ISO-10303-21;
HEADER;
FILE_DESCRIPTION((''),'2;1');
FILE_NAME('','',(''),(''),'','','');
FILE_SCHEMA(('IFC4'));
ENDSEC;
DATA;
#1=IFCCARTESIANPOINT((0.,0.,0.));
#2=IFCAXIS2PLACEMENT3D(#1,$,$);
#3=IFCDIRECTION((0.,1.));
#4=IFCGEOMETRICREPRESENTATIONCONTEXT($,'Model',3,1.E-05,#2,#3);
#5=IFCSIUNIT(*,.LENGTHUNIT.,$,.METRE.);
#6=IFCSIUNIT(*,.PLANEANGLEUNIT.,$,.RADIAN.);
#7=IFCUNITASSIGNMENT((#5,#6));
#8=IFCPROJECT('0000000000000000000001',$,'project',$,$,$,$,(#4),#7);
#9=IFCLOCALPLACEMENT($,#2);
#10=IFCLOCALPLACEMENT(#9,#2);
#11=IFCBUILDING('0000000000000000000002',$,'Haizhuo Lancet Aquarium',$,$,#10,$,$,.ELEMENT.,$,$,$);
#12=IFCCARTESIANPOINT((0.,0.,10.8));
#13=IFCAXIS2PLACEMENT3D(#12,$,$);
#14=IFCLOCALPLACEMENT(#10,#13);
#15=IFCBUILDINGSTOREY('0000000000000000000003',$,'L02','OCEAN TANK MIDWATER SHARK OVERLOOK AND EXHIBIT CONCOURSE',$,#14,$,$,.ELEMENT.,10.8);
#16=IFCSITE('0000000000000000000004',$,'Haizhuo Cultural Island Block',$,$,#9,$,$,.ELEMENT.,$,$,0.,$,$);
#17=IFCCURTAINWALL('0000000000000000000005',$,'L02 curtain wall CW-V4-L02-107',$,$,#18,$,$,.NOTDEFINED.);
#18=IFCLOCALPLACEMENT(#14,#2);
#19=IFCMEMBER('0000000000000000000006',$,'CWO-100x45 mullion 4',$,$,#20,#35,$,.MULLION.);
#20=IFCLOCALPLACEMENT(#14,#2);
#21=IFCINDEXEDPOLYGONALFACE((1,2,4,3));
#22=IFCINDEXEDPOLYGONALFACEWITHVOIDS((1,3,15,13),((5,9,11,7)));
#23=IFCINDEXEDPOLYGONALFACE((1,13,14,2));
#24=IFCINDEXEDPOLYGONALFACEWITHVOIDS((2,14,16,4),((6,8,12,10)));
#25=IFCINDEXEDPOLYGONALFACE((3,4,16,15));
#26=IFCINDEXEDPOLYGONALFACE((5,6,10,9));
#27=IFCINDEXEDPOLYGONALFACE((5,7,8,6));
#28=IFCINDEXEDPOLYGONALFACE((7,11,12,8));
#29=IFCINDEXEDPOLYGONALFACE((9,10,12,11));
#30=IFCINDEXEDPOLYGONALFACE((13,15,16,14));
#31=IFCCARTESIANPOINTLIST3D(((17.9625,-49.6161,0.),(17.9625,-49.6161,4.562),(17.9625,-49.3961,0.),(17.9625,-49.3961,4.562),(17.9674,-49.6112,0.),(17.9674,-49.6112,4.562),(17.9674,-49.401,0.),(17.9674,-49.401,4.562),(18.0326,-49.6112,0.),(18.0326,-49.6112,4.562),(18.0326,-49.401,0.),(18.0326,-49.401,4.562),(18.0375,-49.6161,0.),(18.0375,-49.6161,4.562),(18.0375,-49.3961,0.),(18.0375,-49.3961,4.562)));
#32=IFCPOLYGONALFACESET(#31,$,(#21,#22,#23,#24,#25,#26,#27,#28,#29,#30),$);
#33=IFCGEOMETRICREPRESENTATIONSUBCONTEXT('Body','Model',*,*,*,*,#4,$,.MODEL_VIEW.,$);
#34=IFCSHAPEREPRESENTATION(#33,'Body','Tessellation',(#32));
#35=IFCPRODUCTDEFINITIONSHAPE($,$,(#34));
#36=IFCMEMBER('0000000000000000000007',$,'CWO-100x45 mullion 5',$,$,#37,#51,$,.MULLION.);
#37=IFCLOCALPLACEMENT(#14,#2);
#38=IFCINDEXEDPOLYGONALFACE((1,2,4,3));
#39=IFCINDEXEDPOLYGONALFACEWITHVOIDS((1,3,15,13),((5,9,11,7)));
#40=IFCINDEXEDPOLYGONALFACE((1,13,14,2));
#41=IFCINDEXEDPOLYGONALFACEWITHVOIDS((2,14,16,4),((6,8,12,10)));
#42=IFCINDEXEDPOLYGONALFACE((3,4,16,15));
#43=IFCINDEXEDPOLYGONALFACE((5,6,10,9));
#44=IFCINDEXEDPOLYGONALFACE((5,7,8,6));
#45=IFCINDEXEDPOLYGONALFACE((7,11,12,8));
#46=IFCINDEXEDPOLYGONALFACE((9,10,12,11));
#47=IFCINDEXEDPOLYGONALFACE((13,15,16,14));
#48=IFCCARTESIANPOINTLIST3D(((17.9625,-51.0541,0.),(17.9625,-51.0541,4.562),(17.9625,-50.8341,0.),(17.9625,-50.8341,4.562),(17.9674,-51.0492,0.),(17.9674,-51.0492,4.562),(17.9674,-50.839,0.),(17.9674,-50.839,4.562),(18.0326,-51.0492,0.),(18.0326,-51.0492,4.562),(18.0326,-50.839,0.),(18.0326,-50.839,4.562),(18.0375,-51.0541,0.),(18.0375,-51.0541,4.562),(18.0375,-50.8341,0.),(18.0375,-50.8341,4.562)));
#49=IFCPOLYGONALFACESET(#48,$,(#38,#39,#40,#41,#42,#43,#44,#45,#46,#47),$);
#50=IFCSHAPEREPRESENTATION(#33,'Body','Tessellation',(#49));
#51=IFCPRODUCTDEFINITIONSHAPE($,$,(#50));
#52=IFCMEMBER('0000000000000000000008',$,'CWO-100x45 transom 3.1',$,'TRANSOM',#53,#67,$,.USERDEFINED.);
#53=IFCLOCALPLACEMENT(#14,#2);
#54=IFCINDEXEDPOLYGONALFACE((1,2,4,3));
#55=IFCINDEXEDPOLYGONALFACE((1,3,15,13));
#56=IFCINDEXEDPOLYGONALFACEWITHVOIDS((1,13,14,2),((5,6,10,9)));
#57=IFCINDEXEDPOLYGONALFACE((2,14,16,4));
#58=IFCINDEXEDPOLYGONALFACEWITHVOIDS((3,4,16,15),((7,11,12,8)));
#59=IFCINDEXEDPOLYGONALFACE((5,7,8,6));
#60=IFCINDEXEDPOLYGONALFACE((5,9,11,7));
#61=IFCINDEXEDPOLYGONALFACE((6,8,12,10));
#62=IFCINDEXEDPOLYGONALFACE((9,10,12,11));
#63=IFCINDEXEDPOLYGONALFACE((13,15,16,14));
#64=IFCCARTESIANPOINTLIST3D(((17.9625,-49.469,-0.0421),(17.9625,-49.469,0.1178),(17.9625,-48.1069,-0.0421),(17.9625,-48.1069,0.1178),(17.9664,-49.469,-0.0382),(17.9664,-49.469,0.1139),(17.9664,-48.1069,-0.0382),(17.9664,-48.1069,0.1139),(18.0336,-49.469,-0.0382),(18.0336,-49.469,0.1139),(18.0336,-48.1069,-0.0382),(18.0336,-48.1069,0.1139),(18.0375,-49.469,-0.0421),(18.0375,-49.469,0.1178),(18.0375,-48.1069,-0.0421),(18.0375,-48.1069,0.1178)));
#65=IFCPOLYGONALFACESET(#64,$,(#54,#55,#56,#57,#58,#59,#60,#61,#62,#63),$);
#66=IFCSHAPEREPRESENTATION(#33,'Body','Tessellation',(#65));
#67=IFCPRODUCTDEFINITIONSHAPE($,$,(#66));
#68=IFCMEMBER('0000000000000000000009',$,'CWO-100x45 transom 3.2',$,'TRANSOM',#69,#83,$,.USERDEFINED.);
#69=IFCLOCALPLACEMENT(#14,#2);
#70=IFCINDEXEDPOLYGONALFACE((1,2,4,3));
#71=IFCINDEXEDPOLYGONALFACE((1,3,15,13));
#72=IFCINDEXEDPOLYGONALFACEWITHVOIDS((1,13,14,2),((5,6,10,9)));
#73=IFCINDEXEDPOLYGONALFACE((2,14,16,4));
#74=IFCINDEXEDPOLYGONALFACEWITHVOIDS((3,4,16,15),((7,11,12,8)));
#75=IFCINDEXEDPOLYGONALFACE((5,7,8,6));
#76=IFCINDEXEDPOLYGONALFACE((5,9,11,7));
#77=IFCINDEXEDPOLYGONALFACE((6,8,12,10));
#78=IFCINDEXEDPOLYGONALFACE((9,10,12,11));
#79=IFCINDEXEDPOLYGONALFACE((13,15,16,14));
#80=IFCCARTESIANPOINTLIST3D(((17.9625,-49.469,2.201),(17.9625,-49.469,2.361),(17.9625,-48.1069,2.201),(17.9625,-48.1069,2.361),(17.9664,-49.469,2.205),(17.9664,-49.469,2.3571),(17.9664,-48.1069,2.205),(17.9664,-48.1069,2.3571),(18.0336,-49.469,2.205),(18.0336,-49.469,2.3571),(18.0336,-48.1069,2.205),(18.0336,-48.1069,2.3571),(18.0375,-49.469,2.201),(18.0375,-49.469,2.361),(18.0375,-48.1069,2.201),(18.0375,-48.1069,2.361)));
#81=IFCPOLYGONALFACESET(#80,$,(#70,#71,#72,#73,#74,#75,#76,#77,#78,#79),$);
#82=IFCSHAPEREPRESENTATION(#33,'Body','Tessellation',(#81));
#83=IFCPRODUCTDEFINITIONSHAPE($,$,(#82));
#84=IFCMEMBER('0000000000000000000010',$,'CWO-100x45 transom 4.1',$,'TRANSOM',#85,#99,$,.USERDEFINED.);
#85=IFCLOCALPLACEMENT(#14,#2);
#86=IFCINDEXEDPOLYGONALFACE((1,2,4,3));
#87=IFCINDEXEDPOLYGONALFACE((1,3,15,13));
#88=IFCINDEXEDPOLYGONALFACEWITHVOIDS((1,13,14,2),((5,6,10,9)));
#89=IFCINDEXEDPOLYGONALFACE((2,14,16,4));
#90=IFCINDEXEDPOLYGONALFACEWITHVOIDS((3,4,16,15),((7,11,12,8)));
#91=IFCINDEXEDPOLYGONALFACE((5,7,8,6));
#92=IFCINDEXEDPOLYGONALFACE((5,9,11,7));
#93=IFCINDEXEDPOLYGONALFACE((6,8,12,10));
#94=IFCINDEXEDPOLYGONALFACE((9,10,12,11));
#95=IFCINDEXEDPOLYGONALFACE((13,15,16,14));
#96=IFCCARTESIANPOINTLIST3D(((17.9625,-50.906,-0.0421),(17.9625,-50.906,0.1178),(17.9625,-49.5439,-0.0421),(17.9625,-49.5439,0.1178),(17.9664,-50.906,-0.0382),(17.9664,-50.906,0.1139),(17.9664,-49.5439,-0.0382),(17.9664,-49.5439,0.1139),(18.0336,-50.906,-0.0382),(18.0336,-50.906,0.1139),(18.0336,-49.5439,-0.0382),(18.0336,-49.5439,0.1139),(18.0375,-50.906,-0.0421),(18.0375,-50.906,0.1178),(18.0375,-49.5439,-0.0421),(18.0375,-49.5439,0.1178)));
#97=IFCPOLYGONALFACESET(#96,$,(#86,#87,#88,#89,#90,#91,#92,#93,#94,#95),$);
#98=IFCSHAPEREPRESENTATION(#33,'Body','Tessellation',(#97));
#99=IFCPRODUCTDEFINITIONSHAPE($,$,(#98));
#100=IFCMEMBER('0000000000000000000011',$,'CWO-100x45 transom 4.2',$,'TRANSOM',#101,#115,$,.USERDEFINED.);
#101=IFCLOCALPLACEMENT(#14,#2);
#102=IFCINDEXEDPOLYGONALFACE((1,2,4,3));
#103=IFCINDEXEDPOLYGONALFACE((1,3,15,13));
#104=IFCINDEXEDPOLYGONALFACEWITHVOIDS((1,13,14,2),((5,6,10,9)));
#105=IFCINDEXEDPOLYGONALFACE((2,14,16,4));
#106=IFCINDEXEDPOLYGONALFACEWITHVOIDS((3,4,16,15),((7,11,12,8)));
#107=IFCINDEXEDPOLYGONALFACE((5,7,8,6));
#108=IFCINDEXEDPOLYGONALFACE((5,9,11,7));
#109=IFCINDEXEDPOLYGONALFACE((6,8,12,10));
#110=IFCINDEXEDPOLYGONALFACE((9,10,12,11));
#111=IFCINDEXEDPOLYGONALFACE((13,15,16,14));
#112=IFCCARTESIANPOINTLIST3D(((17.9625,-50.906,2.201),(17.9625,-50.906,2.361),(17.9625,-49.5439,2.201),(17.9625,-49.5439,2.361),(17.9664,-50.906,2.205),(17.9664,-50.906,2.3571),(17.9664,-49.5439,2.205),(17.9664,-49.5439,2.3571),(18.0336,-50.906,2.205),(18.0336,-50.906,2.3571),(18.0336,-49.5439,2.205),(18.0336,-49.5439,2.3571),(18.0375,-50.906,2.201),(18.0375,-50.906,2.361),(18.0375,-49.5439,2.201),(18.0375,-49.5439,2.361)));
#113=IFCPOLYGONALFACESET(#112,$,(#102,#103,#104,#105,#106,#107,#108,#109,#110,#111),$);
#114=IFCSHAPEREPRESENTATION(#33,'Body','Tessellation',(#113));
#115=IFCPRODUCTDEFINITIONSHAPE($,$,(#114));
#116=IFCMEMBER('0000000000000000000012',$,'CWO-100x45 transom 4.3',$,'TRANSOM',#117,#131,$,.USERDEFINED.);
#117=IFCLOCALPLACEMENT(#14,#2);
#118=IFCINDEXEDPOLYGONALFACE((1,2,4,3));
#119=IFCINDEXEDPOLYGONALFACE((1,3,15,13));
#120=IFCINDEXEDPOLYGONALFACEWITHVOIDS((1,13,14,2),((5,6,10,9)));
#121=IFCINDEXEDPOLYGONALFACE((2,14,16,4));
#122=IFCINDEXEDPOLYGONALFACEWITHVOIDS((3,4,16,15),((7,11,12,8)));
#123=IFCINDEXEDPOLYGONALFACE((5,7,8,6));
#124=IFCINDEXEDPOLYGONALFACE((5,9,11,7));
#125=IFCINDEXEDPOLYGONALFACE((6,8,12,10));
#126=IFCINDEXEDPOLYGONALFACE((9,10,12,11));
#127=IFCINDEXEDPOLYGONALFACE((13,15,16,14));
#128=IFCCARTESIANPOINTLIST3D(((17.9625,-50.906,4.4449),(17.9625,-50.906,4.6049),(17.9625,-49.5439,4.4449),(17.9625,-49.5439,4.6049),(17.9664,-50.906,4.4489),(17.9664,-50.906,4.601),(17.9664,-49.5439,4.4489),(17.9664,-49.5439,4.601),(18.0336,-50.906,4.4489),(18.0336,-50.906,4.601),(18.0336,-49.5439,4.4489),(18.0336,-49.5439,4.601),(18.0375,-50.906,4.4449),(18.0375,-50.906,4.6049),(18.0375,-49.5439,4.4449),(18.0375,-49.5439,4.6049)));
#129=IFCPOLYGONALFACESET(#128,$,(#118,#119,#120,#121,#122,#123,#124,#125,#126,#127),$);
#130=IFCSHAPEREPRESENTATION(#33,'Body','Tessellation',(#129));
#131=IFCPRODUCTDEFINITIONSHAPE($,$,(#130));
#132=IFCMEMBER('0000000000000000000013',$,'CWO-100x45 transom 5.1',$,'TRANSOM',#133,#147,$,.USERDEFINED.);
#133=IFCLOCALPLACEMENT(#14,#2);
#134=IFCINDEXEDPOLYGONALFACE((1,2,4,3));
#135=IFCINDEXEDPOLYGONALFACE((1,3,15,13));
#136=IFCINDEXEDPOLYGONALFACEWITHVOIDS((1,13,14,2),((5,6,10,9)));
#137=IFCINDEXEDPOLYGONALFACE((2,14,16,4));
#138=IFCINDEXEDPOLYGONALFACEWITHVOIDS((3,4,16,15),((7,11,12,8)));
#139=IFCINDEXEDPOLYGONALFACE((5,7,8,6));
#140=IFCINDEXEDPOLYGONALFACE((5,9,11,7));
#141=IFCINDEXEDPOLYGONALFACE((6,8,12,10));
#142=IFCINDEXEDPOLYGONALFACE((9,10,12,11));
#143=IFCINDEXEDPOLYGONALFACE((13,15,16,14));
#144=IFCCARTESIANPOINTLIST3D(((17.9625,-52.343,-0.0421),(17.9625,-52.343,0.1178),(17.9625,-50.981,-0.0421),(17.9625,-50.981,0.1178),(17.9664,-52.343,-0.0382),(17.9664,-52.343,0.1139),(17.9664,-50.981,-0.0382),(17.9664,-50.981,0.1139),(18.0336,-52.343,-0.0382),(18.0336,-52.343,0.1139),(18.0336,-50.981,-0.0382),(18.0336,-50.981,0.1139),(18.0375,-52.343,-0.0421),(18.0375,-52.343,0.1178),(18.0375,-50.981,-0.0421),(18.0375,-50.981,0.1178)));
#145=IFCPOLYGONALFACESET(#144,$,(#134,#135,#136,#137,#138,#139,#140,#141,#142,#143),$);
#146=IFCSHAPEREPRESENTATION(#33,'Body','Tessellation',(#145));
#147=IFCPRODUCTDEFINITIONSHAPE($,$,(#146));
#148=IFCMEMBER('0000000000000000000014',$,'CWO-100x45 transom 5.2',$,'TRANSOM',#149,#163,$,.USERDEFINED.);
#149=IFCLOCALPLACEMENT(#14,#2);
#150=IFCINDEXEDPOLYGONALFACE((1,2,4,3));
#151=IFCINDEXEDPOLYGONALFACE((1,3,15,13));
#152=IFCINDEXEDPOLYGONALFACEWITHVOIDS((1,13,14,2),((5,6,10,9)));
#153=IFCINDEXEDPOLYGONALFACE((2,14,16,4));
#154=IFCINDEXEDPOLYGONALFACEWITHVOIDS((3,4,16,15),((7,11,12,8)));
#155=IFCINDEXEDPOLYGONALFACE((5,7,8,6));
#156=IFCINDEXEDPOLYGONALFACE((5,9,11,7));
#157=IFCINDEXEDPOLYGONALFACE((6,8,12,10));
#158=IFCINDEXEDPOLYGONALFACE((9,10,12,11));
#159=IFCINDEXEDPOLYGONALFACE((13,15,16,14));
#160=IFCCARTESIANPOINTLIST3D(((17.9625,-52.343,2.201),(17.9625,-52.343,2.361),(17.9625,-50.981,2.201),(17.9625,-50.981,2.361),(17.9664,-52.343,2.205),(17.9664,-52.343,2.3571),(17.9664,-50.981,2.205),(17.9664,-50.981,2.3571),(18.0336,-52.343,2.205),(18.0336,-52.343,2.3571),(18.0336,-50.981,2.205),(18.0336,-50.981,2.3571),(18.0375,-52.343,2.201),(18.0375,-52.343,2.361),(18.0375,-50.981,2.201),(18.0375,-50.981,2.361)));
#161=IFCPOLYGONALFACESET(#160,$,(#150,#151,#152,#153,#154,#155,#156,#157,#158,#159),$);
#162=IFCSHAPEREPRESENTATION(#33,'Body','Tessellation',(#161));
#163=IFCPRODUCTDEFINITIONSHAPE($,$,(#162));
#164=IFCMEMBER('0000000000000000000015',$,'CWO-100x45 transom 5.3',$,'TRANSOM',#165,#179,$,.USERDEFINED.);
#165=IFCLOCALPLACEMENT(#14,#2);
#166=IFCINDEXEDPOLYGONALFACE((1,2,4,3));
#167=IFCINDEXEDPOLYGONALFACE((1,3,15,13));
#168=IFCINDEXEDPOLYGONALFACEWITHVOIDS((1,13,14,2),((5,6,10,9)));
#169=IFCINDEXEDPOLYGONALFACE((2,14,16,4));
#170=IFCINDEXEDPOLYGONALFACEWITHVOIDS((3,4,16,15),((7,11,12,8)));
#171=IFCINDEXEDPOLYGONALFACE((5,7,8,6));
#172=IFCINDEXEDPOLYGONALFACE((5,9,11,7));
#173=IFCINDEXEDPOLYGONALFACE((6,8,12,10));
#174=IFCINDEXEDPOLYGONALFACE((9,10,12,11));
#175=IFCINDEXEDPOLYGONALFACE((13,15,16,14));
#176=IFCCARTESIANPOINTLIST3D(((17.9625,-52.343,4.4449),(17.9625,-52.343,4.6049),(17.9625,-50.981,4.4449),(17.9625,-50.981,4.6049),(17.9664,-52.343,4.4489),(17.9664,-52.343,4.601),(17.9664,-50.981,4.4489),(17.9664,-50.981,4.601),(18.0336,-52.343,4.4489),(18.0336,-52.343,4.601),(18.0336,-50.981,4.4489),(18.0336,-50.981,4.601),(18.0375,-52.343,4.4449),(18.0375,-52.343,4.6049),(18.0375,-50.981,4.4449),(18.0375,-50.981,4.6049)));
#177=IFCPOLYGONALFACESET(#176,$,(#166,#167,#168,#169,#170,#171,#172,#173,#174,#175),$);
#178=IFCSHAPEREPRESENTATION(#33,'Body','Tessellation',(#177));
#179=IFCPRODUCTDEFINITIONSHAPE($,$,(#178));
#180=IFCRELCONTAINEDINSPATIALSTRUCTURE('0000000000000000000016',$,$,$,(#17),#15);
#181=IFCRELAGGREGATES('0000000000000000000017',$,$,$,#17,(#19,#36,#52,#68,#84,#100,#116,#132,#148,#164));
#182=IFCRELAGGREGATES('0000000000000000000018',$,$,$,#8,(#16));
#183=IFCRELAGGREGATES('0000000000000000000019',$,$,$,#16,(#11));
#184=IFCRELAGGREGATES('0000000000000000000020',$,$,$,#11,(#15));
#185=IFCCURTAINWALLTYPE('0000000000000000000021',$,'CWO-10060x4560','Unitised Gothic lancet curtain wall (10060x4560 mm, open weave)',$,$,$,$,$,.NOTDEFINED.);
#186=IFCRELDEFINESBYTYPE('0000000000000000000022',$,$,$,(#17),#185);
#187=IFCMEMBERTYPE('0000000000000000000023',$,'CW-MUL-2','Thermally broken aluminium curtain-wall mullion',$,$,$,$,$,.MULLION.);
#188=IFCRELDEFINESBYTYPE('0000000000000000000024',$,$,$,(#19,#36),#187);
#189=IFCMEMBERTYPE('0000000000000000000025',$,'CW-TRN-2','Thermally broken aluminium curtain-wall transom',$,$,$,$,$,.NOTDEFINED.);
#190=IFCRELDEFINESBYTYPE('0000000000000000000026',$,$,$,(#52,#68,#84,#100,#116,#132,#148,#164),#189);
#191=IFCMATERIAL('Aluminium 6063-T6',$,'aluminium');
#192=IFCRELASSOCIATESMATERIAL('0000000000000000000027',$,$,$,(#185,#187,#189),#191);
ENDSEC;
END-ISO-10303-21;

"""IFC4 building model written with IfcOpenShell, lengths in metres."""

from ifc_helpers import new_model, si_unit, direction, frame, origin, origin_2d, place, context, subcontext, project, spatial, hollow_rectangle, extrude, material, material_profile, profile_set, type_object, element, aggregate, save


model = new_model("IFC4")

# Units and contexts
model_context = context("Model", 3, precision=1e-05, world=origin(), true_north=direction((0.0, 1.0)))
body_context = subcontext(model_context, "Body", "Model", "MODEL_VIEW")
ifc_project = project(units=[si_unit("LENGTHUNIT", "METRE"), si_unit("PLANEANGLEUNIT", "RADIAN")], contexts=[model_context])

# Site, building, storey
site_placement = place(None, origin())
site = spatial("IfcSite", under=ifc_project, at=site_placement, Name="Haizhuo Cultural Island Block", CompositionType="ELEMENT", RefElevation=0.0)
building_placement = place(site_placement, origin())
building = spatial("IfcBuilding", under=site, at=building_placement, Name="Haizhuo Lancet Aquarium", CompositionType="ELEMENT")
storey_placement = place(building_placement, frame((0.0, 0.0, 10.8)))
storey = spatial("IfcBuildingStorey", under=building, at=storey_placement, Name="L02", Description="OCEAN TANK MIDWATER SHARK OVERLOOK AND EXHIBIT CONCOURSE", CompositionType="ELEMENT", Elevation=10.8)

# Curtain wall, members
ifc_material_1 = material(Name="Aluminium 6063-T6", Category="aluminium")
curtain_wall_type = type_object("IfcCurtainWallType", Name="CWO-10060x4560", Description="Unitised Gothic lancet curtain wall (10060x4560 mm, open weave)", PredefinedType="NOTDEFINED", material=ifc_material_1)
curtain_wall_placement = place(storey_placement, origin())
curtain_wall = element("IfcCurtainWall", 1, at=curtain_wall_placement, inside=storey, type_object=curtain_wall_type, Name="L02 curtain wall CW-V4-L02-107", PredefinedType="NOTDEFINED")
ifc_material_profile_1 = material_profile(ifc_material_1, hollow_rectangle(XDim=0.075, YDim=0.22, WallThickness=0.0049, at=origin_2d()), Name="ALU-M 75x220x5")
ifc_profile_set_1 = profile_set([ifc_material_profile_1], Name="Aluminium 6063-T6")
member_type_1 = type_object("IfcMemberType", Name="CW-MUL-2", Description="Thermally broken aluminium curtain-wall mullion", PredefinedType="MULLION", material=ifc_profile_set_1)
member_1_placement = place(storey_placement, frame((18.0, -49.5061, 0.0), z_axis=(0.0, 0.0, 1.0), x_axis=(1.0, 0.0, 0.0)))
member_1 = element("IfcMember", 2, at=member_1_placement, type_object=member_type_1, Name="CWO-100x45 mullion 4", PredefinedType="MULLION", context=body_context, shape_type="SweptSolid", body=[
    extrude(hollow_rectangle(XDim=0.075, YDim=0.22, WallThickness=0.0049, at=origin_2d()), origin(), (0.0, 0.0, 1.0), 4.562),
])
member_2_placement = place(storey_placement, frame((18.0, -50.9441, 0.0), z_axis=(0.0, 0.0, 1.0), x_axis=(1.0, 0.0, 0.0)))
member_2 = element("IfcMember", 3, at=member_2_placement, type_object=member_type_1, Name="CWO-100x45 mullion 5", PredefinedType="MULLION", context=body_context, shape_type="SweptSolid", body=[
    extrude(hollow_rectangle(XDim=0.075, YDim=0.22, WallThickness=0.0049, at=origin_2d()), origin(), (0.0, 0.0, 1.0), 4.562),
])
ifc_material_profile_2 = material_profile(ifc_material_1, hollow_rectangle(XDim=0.075, YDim=0.1599, WallThickness=0.0039, at=origin_2d()), Name="ALU-T 75x160x4")
ifc_profile_set_2 = profile_set([ifc_material_profile_2], Name="Aluminium 6063-T6")
member_type_2 = type_object("IfcMemberType", Name="CW-TRN-2", Description="Thermally broken aluminium curtain-wall transom", PredefinedType="NOTDEFINED", material=ifc_profile_set_2)
member_3_placement = place(storey_placement, frame((18.0, -48.1069, 0.0378), z_axis=(0.0, -1.0, 0.0), x_axis=(1.0, 0.0, 0.0)))
member_3 = element("IfcMember", 4, at=member_3_placement, type_object=member_type_2, Name="CWO-100x45 transom 3.1", ObjectType="TRANSOM", PredefinedType="USERDEFINED", context=body_context, shape_type="SweptSolid", body=[
    extrude(hollow_rectangle(XDim=0.075, YDim=0.1599, WallThickness=0.0039, at=origin_2d()), origin(), (0.0, 0.0, 1.0), 1.3621),
])
member_4_placement = place(storey_placement, frame((18.0, -48.1069, 2.281), z_axis=(0.0, -1.0, 0.0), x_axis=(1.0, 0.0, 0.0)))
member_4 = element("IfcMember", 5, at=member_4_placement, type_object=member_type_2, Name="CWO-100x45 transom 3.2", ObjectType="TRANSOM", PredefinedType="USERDEFINED", context=body_context, shape_type="SweptSolid", body=[
    extrude(hollow_rectangle(XDim=0.075, YDim=0.1599, WallThickness=0.0039, at=origin_2d()), origin(), (0.0, 0.0, 1.0), 1.3621),
])
member_5_placement = place(storey_placement, frame((18.0, -49.5439, 0.0378), z_axis=(0.0, -1.0, 0.0), x_axis=(1.0, 0.0, 0.0)))
member_5 = element("IfcMember", 6, at=member_5_placement, type_object=member_type_2, Name="CWO-100x45 transom 4.1", ObjectType="TRANSOM", PredefinedType="USERDEFINED", context=body_context, shape_type="SweptSolid", body=[
    extrude(hollow_rectangle(XDim=0.075, YDim=0.1599, WallThickness=0.0039, at=origin_2d()), origin(), (0.0, 0.0, 1.0), 1.3621),
])
member_6_placement = place(storey_placement, frame((18.0, -49.5439, 2.281), z_axis=(0.0, -1.0, 0.0), x_axis=(1.0, 0.0, 0.0)))
member_6 = element("IfcMember", 7, at=member_6_placement, type_object=member_type_2, Name="CWO-100x45 transom 4.2", ObjectType="TRANSOM", PredefinedType="USERDEFINED", context=body_context, shape_type="SweptSolid", body=[
    extrude(hollow_rectangle(XDim=0.075, YDim=0.1599, WallThickness=0.0039, at=origin_2d()), origin(), (0.0, 0.0, 1.0), 1.3621),
])
member_7_placement = place(storey_placement, frame((18.0, -49.5439, 4.5249), z_axis=(0.0, -1.0, 0.0), x_axis=(1.0, 0.0, 0.0)))
member_7 = element("IfcMember", 8, at=member_7_placement, type_object=member_type_2, Name="CWO-100x45 transom 4.3", ObjectType="TRANSOM", PredefinedType="USERDEFINED", context=body_context, shape_type="SweptSolid", body=[
    extrude(hollow_rectangle(XDim=0.075, YDim=0.1599, WallThickness=0.0039, at=origin_2d()), origin(), (0.0, 0.0, 1.0), 1.3621),
])
member_8_placement = place(storey_placement, frame((18.0, -50.981, 0.0378), z_axis=(0.0, -1.0, 0.0), x_axis=(1.0, 0.0, 0.0)))
member_8 = element("IfcMember", 9, at=member_8_placement, type_object=member_type_2, Name="CWO-100x45 transom 5.1", ObjectType="TRANSOM", PredefinedType="USERDEFINED", context=body_context, shape_type="SweptSolid", body=[
    extrude(hollow_rectangle(XDim=0.075, YDim=0.1599, WallThickness=0.0039, at=origin_2d()), origin(), (0.0, 0.0, 1.0), 1.3621),
])
member_9_placement = place(storey_placement, frame((18.0, -50.981, 2.281), z_axis=(0.0, -1.0, 0.0), x_axis=(1.0, 0.0, 0.0)))
member_9 = element("IfcMember", 10, at=member_9_placement, type_object=member_type_2, Name="CWO-100x45 transom 5.2", ObjectType="TRANSOM", PredefinedType="USERDEFINED", context=body_context, shape_type="SweptSolid", body=[
    extrude(hollow_rectangle(XDim=0.075, YDim=0.1599, WallThickness=0.0039, at=origin_2d()), origin(), (0.0, 0.0, 1.0), 1.3621),
])
member_10_placement = place(storey_placement, frame((18.0, -50.981, 4.5249), z_axis=(0.0, -1.0, 0.0), x_axis=(1.0, 0.0, 0.0)))
member_10 = element("IfcMember", 11, at=member_10_placement, type_object=member_type_2, Name="CWO-100x45 transom 5.3", ObjectType="TRANSOM", PredefinedType="USERDEFINED", context=body_context, shape_type="SweptSolid", body=[
    extrude(hollow_rectangle(XDim=0.075, YDim=0.1599, WallThickness=0.0039, at=origin_2d()), origin(), (0.0, 0.0, 1.0), 1.3621),
])

aggregate(curtain_wall, [member_1, member_2, member_3, member_4, member_5, member_6, member_7, member_8, member_9, member_10])

save(model, "model.ifc")
